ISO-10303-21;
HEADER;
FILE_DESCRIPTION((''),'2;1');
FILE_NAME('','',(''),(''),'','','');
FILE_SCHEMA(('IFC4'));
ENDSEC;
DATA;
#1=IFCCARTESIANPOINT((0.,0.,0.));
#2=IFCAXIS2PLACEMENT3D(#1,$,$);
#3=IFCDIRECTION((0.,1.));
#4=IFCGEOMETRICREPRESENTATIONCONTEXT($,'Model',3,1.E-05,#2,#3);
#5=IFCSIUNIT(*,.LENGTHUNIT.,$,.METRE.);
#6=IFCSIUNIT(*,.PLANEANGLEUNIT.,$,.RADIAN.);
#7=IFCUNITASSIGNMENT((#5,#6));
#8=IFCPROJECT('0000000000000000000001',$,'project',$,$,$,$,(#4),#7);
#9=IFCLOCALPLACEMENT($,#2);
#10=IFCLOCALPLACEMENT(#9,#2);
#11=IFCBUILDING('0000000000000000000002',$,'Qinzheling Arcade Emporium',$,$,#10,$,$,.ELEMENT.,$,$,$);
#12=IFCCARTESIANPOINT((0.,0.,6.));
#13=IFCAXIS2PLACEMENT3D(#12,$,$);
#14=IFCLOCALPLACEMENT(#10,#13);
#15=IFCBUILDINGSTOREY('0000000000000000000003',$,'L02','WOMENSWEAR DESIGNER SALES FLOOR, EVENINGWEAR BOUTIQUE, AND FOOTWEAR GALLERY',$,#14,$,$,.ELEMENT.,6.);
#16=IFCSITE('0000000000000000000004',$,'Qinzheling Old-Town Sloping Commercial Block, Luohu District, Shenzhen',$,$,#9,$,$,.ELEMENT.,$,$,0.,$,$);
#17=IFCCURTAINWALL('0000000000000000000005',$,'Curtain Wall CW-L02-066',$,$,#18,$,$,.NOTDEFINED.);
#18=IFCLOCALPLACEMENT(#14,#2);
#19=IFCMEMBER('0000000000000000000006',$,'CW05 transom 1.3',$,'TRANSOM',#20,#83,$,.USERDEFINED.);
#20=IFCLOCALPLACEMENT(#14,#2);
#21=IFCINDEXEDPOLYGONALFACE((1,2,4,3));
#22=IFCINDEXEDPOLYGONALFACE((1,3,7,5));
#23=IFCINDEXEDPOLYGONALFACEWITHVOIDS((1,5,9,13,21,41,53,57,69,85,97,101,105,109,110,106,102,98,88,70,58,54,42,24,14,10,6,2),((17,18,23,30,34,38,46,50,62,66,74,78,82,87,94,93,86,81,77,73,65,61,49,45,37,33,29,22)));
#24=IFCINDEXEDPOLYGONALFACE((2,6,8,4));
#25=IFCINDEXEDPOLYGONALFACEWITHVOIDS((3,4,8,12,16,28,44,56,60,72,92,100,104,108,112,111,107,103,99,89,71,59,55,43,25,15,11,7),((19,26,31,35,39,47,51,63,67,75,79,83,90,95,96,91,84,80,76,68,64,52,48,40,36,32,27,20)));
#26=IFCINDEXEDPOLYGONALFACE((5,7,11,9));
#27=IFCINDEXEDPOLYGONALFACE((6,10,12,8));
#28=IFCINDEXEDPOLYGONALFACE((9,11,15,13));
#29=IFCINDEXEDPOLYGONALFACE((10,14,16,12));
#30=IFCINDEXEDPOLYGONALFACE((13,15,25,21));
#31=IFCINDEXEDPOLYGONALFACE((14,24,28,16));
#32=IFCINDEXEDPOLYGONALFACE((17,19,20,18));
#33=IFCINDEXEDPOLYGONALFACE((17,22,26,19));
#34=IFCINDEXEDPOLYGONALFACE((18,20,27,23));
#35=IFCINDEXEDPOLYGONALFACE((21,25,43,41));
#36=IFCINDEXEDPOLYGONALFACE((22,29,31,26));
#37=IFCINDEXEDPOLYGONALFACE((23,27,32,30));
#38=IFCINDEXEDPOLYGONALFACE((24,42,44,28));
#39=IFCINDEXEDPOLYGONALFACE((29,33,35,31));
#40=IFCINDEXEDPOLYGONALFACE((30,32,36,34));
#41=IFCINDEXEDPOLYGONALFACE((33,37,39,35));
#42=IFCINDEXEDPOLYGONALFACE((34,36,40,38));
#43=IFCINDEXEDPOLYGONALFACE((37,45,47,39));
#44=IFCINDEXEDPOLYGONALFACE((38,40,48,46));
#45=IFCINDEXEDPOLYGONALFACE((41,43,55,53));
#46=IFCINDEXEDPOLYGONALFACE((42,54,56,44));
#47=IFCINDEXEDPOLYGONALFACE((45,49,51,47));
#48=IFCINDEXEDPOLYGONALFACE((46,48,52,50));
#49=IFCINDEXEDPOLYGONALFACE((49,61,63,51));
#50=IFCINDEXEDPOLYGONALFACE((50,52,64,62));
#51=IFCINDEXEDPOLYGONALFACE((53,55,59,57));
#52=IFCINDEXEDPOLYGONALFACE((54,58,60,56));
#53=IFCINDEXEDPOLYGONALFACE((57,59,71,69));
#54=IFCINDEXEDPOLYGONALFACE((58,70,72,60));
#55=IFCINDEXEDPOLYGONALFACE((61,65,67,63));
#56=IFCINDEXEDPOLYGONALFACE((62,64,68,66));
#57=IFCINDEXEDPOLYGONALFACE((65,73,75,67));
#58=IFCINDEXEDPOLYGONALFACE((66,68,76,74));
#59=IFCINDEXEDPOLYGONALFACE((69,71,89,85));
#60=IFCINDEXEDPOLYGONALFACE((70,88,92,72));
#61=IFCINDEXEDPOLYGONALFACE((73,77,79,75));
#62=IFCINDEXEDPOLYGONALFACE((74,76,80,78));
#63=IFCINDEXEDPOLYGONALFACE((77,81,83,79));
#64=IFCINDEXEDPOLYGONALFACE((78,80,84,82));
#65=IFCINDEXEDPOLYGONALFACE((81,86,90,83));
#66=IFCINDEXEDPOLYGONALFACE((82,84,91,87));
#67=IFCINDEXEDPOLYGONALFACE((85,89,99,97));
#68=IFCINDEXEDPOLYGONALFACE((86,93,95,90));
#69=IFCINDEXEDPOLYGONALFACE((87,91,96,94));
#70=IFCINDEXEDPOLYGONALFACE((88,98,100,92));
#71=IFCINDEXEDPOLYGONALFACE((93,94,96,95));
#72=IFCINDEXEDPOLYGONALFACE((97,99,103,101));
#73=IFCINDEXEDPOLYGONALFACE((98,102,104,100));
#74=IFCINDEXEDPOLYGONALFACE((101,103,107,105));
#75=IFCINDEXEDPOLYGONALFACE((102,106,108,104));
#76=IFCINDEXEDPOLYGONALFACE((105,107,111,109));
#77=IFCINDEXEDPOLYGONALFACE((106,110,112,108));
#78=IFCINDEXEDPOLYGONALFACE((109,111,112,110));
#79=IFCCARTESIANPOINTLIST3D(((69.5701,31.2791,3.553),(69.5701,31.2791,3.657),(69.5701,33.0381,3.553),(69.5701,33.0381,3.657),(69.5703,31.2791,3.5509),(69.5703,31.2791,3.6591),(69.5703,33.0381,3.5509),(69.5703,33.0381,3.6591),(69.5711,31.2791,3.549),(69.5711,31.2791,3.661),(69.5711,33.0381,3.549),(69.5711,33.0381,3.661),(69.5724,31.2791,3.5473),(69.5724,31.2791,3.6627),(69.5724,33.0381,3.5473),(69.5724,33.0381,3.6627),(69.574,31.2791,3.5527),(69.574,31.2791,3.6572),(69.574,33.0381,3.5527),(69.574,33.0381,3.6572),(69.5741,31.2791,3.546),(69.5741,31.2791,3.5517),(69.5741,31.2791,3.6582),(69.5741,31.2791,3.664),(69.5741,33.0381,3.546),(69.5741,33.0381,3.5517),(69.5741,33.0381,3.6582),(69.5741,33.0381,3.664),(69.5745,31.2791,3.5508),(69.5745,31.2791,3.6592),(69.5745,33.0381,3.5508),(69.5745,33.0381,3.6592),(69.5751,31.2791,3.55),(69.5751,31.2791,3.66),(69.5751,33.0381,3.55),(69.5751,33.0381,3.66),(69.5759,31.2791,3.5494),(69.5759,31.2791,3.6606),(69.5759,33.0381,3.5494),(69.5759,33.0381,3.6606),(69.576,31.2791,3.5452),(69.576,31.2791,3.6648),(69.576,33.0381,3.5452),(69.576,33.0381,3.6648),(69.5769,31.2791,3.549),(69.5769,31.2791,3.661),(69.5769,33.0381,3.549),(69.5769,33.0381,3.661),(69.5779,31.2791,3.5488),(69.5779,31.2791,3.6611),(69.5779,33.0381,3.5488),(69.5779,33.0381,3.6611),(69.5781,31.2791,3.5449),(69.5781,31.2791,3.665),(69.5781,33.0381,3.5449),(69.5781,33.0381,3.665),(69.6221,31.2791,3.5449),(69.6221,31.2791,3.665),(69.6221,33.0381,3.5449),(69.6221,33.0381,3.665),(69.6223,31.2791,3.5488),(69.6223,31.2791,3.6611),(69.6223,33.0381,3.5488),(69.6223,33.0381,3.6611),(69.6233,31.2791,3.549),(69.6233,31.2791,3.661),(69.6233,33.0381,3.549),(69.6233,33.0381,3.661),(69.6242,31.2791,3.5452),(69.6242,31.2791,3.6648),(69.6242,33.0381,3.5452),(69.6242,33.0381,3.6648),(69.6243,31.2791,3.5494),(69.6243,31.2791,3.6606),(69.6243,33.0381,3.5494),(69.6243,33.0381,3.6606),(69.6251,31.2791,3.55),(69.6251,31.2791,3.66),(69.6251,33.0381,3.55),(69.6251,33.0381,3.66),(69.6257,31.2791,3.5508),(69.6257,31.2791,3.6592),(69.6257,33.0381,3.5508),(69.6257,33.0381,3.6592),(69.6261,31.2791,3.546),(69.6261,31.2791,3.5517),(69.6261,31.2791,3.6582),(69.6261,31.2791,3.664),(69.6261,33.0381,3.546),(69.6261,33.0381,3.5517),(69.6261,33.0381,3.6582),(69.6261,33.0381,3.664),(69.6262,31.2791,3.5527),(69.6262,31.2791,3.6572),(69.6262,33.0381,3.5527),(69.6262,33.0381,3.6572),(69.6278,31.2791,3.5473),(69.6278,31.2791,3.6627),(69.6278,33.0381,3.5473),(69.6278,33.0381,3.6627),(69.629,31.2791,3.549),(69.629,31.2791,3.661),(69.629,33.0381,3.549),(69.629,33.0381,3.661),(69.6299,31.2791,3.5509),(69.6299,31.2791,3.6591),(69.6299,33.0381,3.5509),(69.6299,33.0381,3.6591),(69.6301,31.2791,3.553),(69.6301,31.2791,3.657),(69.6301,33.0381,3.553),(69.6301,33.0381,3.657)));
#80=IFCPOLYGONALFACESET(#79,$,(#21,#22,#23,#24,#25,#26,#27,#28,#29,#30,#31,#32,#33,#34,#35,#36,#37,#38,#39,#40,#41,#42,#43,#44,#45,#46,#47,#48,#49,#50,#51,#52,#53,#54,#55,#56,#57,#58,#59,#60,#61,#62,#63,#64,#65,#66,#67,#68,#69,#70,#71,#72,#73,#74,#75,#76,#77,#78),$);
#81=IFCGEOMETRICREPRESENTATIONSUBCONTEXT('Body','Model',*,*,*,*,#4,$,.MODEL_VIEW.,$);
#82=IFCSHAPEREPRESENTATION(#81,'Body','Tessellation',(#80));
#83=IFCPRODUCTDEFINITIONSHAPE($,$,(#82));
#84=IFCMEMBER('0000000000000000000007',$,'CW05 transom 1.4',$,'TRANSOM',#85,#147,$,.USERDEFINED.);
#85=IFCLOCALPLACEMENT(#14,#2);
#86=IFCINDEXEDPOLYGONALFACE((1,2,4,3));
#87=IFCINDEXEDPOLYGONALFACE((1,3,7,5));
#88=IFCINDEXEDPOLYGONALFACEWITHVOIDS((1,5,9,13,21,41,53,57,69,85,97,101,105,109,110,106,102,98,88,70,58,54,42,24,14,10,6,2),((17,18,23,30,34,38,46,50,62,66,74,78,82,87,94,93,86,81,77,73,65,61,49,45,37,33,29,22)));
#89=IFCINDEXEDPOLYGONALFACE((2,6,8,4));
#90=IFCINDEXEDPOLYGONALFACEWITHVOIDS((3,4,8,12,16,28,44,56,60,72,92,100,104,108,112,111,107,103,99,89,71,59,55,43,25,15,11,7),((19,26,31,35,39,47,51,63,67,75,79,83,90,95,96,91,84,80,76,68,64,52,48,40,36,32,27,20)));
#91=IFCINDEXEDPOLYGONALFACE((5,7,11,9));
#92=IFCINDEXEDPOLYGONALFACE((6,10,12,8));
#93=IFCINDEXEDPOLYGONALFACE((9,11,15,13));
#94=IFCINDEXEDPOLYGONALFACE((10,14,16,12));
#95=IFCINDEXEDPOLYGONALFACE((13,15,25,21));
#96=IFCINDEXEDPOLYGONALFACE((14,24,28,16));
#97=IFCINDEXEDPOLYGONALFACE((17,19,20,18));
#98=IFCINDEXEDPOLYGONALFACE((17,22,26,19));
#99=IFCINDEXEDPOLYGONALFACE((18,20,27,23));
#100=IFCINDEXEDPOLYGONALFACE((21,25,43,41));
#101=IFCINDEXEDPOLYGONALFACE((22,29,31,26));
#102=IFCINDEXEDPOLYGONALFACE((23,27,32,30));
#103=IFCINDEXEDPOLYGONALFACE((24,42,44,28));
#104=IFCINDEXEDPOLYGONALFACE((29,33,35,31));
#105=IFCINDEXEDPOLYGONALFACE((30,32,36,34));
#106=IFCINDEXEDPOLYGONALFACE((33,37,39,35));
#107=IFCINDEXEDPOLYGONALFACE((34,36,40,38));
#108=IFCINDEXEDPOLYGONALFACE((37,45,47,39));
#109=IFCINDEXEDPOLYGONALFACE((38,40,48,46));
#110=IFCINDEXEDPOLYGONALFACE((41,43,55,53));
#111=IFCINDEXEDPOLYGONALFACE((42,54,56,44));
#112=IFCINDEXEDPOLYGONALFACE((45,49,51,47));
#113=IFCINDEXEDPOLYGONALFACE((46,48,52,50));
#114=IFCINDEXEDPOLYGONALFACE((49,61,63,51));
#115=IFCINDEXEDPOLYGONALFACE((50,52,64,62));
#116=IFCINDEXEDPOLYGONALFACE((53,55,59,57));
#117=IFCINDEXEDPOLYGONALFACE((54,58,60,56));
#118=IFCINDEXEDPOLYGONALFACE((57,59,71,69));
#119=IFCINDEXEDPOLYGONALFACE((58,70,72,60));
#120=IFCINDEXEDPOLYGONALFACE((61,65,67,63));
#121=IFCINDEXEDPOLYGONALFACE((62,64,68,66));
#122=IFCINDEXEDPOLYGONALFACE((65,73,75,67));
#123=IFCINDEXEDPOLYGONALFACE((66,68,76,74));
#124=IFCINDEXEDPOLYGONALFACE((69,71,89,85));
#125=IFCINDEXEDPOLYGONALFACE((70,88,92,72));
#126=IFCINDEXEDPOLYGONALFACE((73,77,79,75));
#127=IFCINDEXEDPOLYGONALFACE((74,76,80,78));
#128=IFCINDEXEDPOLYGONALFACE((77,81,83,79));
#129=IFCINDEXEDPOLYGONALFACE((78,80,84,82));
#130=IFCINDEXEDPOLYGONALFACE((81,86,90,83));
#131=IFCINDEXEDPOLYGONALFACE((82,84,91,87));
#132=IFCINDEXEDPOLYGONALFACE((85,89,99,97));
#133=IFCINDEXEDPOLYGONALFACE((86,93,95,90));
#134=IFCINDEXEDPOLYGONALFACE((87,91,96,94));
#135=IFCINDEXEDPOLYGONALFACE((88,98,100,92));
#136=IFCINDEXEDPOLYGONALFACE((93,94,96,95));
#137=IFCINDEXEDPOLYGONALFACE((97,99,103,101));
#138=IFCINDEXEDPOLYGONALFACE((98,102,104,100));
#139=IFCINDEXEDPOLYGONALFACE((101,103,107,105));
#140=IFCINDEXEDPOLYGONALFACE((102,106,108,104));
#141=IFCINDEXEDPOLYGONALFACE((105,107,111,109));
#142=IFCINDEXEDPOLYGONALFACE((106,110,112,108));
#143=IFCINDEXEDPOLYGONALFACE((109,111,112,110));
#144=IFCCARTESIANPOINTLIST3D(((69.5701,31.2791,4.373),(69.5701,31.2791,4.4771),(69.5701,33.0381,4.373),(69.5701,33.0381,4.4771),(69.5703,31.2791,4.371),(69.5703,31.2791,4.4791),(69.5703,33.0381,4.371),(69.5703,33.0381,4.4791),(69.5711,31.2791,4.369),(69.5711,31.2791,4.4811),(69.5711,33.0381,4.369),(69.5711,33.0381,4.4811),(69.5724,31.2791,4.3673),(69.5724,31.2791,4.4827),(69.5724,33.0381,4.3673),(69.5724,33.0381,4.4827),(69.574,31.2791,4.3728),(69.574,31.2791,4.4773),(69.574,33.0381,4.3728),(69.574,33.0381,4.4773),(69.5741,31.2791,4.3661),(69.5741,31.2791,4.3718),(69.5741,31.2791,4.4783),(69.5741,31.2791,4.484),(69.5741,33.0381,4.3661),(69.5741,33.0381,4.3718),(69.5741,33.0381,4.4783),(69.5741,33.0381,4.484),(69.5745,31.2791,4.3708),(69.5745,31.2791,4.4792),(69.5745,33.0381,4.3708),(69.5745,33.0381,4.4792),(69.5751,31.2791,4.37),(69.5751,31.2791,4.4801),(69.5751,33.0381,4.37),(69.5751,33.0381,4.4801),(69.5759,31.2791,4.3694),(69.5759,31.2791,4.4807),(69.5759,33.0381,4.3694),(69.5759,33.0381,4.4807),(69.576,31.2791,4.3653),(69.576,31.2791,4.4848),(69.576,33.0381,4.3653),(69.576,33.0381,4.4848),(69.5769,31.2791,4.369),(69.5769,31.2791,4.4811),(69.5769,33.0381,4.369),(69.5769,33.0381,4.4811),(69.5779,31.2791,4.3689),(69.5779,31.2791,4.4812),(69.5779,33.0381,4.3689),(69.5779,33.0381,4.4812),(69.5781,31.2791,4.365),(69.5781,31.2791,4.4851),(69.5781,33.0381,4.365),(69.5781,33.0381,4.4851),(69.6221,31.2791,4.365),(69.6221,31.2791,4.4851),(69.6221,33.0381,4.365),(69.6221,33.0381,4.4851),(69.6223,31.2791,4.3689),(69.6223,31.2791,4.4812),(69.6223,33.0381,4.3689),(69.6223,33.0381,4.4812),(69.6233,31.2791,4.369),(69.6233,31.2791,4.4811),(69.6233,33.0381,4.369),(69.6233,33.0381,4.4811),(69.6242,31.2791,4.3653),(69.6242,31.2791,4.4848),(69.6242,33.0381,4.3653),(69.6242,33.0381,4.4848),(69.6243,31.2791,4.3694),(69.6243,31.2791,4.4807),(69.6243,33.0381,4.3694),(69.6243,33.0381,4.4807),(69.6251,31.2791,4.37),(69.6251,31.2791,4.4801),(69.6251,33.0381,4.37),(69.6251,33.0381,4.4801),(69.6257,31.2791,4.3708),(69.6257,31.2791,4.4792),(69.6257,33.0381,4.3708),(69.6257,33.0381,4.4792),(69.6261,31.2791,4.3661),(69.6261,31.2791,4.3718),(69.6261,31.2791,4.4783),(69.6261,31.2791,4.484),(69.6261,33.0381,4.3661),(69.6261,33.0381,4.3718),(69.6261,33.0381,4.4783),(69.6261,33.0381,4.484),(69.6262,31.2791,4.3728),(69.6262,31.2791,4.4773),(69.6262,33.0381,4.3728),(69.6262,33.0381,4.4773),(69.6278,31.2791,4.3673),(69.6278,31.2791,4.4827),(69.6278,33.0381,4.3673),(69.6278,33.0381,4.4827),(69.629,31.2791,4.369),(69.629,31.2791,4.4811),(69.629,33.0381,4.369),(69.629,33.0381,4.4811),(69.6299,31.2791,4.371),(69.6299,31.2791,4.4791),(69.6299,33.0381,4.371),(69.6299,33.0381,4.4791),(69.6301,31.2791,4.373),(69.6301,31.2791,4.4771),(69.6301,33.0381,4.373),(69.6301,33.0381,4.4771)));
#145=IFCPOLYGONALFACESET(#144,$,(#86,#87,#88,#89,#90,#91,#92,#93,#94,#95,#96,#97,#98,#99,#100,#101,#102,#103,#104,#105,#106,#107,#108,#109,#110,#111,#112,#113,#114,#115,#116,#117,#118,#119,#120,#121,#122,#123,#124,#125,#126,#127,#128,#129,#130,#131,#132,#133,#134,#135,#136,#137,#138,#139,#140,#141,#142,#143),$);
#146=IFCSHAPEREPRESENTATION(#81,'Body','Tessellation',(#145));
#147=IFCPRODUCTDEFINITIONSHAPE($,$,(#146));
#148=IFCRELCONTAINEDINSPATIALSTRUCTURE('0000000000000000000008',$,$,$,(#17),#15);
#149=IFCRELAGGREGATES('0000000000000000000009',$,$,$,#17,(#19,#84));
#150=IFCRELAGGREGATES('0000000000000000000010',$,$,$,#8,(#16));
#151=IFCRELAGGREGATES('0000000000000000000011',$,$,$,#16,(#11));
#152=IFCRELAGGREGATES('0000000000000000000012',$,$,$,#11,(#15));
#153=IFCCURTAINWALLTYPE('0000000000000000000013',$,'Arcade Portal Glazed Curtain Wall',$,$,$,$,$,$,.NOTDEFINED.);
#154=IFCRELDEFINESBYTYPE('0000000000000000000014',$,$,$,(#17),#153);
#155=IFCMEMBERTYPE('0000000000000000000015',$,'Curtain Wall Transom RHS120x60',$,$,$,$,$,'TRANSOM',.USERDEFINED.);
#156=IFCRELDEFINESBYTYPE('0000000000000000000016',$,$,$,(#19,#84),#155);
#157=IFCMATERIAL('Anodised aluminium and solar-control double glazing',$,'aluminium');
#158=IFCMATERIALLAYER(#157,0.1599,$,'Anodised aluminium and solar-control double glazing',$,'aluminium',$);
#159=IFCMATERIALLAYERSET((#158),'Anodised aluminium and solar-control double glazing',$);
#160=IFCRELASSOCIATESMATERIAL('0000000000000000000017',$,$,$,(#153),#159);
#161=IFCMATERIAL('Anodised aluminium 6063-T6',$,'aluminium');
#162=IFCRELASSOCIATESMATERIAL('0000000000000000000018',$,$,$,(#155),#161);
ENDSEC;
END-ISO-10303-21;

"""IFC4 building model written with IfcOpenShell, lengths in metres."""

from ifc_helpers import new_model, si_unit, direction, frame, origin, origin_2d, place, context, subcontext, project, spatial, hollow_rectangle, extrude, material, layer, layer_set, material_profile, profile_set, type_object, element, aggregate, save


model = new_model("IFC4")

# Units and contexts
model_context = context("Model", 3, precision=1e-05, world=origin(), true_north=direction((0.0, 1.0)))
body_context = subcontext(model_context, "Body", "Model", "MODEL_VIEW")
ifc_project = project(units=[si_unit("LENGTHUNIT", "METRE"), si_unit("PLANEANGLEUNIT", "RADIAN")], contexts=[model_context])

# Site, building, storey
site_placement = place(None, origin())
site = spatial("IfcSite", under=ifc_project, at=site_placement, Name="Qinzheling Old-Town Sloping Commercial Block, Luohu District, Shenzhen", CompositionType="ELEMENT", RefElevation=0.0)
building_placement = place(site_placement, origin())
building = spatial("IfcBuilding", under=site, at=building_placement, Name="Qinzheling Arcade Emporium", CompositionType="ELEMENT")
storey_placement = place(building_placement, frame((0.0, 0.0, 6.0)))
storey = spatial("IfcBuildingStorey", under=building, at=storey_placement, Name="L02", Description="WOMENSWEAR DESIGNER SALES FLOOR, EVENINGWEAR BOUTIQUE, AND FOOTWEAR GALLERY", CompositionType="ELEMENT", Elevation=6.0)

# Curtain wall, members
ifc_material_1 = material(Name="Anodised aluminium and solar-control double glazing", Category="aluminium")
ifc_layer_1 = layer(ifc_material_1, 0.1599, Name="Anodised aluminium and solar-control double glazing", Category="aluminium")
ifc_layer_set_1 = layer_set([ifc_layer_1], Name="Anodised aluminium and solar-control double glazing")
curtain_wall_type = type_object("IfcCurtainWallType", Name="Arcade Portal Glazed Curtain Wall", PredefinedType="NOTDEFINED", material=ifc_layer_set_1)
curtain_wall_placement = place(storey_placement, origin())
curtain_wall = element("IfcCurtainWall", 1, at=curtain_wall_placement, inside=storey, type_object=curtain_wall_type, Name="Curtain Wall CW-L02-066", PredefinedType="NOTDEFINED")
ifc_material_2 = material(Name="Anodised aluminium 6063-T6", Category="aluminium")
ifc_material_profile_1 = material_profile(ifc_material_2, hollow_rectangle(XDim=0.0601, YDim=0.1201, WallThickness=0.0039, InnerFilletRadius=0.0039, OuterFilletRadius=0.0081, at=origin_2d()), Name="RHS 120x60x4", Category="aluminium")
ifc_profile_set_1 = profile_set([ifc_material_profile_1], Name="Anodised aluminium 6063-T6")
member_type_1 = type_object("IfcMemberType", Name="Curtain Wall Transom RHS120x60", ElementType="TRANSOM", PredefinedType="USERDEFINED", material=ifc_profile_set_1)
member_1_placement = place(storey_placement, frame((69.6001, 33.0381, 3.605), z_axis=(0.0, -1.0, 0.0), x_axis=(1.0, 0.0, 0.0)))
member_1 = element("IfcMember", 2, at=member_1_placement, type_object=member_type_1, Name="CW05 transom 1.3", ObjectType="TRANSOM", PredefinedType="USERDEFINED", context=body_context, shape_type="SweptSolid", body=[
    extrude(hollow_rectangle(XDim=0.0601, YDim=0.1201, WallThickness=0.0039, InnerFilletRadius=0.0039, OuterFilletRadius=0.0081, at=origin_2d()), origin(), (0.0, 0.0, 1.0), 1.759),
])
member_2_placement = place(storey_placement, frame((69.6001, 33.0381, 4.425), z_axis=(0.0, -1.0, 0.0), x_axis=(1.0, 0.0, 0.0)))
member_2 = element("IfcMember", 3, at=member_2_placement, type_object=member_type_1, Name="CW05 transom 1.4", ObjectType="TRANSOM", PredefinedType="USERDEFINED", context=body_context, shape_type="SweptSolid", body=[
    extrude(hollow_rectangle(XDim=0.0601, YDim=0.1201, WallThickness=0.0039, InnerFilletRadius=0.0039, OuterFilletRadius=0.0081, at=origin_2d()), origin(), (0.0, 0.0, 1.0), 1.759),
])
aggregate(curtain_wall, [member_1, member_2])

save(model, "model.ifc")
